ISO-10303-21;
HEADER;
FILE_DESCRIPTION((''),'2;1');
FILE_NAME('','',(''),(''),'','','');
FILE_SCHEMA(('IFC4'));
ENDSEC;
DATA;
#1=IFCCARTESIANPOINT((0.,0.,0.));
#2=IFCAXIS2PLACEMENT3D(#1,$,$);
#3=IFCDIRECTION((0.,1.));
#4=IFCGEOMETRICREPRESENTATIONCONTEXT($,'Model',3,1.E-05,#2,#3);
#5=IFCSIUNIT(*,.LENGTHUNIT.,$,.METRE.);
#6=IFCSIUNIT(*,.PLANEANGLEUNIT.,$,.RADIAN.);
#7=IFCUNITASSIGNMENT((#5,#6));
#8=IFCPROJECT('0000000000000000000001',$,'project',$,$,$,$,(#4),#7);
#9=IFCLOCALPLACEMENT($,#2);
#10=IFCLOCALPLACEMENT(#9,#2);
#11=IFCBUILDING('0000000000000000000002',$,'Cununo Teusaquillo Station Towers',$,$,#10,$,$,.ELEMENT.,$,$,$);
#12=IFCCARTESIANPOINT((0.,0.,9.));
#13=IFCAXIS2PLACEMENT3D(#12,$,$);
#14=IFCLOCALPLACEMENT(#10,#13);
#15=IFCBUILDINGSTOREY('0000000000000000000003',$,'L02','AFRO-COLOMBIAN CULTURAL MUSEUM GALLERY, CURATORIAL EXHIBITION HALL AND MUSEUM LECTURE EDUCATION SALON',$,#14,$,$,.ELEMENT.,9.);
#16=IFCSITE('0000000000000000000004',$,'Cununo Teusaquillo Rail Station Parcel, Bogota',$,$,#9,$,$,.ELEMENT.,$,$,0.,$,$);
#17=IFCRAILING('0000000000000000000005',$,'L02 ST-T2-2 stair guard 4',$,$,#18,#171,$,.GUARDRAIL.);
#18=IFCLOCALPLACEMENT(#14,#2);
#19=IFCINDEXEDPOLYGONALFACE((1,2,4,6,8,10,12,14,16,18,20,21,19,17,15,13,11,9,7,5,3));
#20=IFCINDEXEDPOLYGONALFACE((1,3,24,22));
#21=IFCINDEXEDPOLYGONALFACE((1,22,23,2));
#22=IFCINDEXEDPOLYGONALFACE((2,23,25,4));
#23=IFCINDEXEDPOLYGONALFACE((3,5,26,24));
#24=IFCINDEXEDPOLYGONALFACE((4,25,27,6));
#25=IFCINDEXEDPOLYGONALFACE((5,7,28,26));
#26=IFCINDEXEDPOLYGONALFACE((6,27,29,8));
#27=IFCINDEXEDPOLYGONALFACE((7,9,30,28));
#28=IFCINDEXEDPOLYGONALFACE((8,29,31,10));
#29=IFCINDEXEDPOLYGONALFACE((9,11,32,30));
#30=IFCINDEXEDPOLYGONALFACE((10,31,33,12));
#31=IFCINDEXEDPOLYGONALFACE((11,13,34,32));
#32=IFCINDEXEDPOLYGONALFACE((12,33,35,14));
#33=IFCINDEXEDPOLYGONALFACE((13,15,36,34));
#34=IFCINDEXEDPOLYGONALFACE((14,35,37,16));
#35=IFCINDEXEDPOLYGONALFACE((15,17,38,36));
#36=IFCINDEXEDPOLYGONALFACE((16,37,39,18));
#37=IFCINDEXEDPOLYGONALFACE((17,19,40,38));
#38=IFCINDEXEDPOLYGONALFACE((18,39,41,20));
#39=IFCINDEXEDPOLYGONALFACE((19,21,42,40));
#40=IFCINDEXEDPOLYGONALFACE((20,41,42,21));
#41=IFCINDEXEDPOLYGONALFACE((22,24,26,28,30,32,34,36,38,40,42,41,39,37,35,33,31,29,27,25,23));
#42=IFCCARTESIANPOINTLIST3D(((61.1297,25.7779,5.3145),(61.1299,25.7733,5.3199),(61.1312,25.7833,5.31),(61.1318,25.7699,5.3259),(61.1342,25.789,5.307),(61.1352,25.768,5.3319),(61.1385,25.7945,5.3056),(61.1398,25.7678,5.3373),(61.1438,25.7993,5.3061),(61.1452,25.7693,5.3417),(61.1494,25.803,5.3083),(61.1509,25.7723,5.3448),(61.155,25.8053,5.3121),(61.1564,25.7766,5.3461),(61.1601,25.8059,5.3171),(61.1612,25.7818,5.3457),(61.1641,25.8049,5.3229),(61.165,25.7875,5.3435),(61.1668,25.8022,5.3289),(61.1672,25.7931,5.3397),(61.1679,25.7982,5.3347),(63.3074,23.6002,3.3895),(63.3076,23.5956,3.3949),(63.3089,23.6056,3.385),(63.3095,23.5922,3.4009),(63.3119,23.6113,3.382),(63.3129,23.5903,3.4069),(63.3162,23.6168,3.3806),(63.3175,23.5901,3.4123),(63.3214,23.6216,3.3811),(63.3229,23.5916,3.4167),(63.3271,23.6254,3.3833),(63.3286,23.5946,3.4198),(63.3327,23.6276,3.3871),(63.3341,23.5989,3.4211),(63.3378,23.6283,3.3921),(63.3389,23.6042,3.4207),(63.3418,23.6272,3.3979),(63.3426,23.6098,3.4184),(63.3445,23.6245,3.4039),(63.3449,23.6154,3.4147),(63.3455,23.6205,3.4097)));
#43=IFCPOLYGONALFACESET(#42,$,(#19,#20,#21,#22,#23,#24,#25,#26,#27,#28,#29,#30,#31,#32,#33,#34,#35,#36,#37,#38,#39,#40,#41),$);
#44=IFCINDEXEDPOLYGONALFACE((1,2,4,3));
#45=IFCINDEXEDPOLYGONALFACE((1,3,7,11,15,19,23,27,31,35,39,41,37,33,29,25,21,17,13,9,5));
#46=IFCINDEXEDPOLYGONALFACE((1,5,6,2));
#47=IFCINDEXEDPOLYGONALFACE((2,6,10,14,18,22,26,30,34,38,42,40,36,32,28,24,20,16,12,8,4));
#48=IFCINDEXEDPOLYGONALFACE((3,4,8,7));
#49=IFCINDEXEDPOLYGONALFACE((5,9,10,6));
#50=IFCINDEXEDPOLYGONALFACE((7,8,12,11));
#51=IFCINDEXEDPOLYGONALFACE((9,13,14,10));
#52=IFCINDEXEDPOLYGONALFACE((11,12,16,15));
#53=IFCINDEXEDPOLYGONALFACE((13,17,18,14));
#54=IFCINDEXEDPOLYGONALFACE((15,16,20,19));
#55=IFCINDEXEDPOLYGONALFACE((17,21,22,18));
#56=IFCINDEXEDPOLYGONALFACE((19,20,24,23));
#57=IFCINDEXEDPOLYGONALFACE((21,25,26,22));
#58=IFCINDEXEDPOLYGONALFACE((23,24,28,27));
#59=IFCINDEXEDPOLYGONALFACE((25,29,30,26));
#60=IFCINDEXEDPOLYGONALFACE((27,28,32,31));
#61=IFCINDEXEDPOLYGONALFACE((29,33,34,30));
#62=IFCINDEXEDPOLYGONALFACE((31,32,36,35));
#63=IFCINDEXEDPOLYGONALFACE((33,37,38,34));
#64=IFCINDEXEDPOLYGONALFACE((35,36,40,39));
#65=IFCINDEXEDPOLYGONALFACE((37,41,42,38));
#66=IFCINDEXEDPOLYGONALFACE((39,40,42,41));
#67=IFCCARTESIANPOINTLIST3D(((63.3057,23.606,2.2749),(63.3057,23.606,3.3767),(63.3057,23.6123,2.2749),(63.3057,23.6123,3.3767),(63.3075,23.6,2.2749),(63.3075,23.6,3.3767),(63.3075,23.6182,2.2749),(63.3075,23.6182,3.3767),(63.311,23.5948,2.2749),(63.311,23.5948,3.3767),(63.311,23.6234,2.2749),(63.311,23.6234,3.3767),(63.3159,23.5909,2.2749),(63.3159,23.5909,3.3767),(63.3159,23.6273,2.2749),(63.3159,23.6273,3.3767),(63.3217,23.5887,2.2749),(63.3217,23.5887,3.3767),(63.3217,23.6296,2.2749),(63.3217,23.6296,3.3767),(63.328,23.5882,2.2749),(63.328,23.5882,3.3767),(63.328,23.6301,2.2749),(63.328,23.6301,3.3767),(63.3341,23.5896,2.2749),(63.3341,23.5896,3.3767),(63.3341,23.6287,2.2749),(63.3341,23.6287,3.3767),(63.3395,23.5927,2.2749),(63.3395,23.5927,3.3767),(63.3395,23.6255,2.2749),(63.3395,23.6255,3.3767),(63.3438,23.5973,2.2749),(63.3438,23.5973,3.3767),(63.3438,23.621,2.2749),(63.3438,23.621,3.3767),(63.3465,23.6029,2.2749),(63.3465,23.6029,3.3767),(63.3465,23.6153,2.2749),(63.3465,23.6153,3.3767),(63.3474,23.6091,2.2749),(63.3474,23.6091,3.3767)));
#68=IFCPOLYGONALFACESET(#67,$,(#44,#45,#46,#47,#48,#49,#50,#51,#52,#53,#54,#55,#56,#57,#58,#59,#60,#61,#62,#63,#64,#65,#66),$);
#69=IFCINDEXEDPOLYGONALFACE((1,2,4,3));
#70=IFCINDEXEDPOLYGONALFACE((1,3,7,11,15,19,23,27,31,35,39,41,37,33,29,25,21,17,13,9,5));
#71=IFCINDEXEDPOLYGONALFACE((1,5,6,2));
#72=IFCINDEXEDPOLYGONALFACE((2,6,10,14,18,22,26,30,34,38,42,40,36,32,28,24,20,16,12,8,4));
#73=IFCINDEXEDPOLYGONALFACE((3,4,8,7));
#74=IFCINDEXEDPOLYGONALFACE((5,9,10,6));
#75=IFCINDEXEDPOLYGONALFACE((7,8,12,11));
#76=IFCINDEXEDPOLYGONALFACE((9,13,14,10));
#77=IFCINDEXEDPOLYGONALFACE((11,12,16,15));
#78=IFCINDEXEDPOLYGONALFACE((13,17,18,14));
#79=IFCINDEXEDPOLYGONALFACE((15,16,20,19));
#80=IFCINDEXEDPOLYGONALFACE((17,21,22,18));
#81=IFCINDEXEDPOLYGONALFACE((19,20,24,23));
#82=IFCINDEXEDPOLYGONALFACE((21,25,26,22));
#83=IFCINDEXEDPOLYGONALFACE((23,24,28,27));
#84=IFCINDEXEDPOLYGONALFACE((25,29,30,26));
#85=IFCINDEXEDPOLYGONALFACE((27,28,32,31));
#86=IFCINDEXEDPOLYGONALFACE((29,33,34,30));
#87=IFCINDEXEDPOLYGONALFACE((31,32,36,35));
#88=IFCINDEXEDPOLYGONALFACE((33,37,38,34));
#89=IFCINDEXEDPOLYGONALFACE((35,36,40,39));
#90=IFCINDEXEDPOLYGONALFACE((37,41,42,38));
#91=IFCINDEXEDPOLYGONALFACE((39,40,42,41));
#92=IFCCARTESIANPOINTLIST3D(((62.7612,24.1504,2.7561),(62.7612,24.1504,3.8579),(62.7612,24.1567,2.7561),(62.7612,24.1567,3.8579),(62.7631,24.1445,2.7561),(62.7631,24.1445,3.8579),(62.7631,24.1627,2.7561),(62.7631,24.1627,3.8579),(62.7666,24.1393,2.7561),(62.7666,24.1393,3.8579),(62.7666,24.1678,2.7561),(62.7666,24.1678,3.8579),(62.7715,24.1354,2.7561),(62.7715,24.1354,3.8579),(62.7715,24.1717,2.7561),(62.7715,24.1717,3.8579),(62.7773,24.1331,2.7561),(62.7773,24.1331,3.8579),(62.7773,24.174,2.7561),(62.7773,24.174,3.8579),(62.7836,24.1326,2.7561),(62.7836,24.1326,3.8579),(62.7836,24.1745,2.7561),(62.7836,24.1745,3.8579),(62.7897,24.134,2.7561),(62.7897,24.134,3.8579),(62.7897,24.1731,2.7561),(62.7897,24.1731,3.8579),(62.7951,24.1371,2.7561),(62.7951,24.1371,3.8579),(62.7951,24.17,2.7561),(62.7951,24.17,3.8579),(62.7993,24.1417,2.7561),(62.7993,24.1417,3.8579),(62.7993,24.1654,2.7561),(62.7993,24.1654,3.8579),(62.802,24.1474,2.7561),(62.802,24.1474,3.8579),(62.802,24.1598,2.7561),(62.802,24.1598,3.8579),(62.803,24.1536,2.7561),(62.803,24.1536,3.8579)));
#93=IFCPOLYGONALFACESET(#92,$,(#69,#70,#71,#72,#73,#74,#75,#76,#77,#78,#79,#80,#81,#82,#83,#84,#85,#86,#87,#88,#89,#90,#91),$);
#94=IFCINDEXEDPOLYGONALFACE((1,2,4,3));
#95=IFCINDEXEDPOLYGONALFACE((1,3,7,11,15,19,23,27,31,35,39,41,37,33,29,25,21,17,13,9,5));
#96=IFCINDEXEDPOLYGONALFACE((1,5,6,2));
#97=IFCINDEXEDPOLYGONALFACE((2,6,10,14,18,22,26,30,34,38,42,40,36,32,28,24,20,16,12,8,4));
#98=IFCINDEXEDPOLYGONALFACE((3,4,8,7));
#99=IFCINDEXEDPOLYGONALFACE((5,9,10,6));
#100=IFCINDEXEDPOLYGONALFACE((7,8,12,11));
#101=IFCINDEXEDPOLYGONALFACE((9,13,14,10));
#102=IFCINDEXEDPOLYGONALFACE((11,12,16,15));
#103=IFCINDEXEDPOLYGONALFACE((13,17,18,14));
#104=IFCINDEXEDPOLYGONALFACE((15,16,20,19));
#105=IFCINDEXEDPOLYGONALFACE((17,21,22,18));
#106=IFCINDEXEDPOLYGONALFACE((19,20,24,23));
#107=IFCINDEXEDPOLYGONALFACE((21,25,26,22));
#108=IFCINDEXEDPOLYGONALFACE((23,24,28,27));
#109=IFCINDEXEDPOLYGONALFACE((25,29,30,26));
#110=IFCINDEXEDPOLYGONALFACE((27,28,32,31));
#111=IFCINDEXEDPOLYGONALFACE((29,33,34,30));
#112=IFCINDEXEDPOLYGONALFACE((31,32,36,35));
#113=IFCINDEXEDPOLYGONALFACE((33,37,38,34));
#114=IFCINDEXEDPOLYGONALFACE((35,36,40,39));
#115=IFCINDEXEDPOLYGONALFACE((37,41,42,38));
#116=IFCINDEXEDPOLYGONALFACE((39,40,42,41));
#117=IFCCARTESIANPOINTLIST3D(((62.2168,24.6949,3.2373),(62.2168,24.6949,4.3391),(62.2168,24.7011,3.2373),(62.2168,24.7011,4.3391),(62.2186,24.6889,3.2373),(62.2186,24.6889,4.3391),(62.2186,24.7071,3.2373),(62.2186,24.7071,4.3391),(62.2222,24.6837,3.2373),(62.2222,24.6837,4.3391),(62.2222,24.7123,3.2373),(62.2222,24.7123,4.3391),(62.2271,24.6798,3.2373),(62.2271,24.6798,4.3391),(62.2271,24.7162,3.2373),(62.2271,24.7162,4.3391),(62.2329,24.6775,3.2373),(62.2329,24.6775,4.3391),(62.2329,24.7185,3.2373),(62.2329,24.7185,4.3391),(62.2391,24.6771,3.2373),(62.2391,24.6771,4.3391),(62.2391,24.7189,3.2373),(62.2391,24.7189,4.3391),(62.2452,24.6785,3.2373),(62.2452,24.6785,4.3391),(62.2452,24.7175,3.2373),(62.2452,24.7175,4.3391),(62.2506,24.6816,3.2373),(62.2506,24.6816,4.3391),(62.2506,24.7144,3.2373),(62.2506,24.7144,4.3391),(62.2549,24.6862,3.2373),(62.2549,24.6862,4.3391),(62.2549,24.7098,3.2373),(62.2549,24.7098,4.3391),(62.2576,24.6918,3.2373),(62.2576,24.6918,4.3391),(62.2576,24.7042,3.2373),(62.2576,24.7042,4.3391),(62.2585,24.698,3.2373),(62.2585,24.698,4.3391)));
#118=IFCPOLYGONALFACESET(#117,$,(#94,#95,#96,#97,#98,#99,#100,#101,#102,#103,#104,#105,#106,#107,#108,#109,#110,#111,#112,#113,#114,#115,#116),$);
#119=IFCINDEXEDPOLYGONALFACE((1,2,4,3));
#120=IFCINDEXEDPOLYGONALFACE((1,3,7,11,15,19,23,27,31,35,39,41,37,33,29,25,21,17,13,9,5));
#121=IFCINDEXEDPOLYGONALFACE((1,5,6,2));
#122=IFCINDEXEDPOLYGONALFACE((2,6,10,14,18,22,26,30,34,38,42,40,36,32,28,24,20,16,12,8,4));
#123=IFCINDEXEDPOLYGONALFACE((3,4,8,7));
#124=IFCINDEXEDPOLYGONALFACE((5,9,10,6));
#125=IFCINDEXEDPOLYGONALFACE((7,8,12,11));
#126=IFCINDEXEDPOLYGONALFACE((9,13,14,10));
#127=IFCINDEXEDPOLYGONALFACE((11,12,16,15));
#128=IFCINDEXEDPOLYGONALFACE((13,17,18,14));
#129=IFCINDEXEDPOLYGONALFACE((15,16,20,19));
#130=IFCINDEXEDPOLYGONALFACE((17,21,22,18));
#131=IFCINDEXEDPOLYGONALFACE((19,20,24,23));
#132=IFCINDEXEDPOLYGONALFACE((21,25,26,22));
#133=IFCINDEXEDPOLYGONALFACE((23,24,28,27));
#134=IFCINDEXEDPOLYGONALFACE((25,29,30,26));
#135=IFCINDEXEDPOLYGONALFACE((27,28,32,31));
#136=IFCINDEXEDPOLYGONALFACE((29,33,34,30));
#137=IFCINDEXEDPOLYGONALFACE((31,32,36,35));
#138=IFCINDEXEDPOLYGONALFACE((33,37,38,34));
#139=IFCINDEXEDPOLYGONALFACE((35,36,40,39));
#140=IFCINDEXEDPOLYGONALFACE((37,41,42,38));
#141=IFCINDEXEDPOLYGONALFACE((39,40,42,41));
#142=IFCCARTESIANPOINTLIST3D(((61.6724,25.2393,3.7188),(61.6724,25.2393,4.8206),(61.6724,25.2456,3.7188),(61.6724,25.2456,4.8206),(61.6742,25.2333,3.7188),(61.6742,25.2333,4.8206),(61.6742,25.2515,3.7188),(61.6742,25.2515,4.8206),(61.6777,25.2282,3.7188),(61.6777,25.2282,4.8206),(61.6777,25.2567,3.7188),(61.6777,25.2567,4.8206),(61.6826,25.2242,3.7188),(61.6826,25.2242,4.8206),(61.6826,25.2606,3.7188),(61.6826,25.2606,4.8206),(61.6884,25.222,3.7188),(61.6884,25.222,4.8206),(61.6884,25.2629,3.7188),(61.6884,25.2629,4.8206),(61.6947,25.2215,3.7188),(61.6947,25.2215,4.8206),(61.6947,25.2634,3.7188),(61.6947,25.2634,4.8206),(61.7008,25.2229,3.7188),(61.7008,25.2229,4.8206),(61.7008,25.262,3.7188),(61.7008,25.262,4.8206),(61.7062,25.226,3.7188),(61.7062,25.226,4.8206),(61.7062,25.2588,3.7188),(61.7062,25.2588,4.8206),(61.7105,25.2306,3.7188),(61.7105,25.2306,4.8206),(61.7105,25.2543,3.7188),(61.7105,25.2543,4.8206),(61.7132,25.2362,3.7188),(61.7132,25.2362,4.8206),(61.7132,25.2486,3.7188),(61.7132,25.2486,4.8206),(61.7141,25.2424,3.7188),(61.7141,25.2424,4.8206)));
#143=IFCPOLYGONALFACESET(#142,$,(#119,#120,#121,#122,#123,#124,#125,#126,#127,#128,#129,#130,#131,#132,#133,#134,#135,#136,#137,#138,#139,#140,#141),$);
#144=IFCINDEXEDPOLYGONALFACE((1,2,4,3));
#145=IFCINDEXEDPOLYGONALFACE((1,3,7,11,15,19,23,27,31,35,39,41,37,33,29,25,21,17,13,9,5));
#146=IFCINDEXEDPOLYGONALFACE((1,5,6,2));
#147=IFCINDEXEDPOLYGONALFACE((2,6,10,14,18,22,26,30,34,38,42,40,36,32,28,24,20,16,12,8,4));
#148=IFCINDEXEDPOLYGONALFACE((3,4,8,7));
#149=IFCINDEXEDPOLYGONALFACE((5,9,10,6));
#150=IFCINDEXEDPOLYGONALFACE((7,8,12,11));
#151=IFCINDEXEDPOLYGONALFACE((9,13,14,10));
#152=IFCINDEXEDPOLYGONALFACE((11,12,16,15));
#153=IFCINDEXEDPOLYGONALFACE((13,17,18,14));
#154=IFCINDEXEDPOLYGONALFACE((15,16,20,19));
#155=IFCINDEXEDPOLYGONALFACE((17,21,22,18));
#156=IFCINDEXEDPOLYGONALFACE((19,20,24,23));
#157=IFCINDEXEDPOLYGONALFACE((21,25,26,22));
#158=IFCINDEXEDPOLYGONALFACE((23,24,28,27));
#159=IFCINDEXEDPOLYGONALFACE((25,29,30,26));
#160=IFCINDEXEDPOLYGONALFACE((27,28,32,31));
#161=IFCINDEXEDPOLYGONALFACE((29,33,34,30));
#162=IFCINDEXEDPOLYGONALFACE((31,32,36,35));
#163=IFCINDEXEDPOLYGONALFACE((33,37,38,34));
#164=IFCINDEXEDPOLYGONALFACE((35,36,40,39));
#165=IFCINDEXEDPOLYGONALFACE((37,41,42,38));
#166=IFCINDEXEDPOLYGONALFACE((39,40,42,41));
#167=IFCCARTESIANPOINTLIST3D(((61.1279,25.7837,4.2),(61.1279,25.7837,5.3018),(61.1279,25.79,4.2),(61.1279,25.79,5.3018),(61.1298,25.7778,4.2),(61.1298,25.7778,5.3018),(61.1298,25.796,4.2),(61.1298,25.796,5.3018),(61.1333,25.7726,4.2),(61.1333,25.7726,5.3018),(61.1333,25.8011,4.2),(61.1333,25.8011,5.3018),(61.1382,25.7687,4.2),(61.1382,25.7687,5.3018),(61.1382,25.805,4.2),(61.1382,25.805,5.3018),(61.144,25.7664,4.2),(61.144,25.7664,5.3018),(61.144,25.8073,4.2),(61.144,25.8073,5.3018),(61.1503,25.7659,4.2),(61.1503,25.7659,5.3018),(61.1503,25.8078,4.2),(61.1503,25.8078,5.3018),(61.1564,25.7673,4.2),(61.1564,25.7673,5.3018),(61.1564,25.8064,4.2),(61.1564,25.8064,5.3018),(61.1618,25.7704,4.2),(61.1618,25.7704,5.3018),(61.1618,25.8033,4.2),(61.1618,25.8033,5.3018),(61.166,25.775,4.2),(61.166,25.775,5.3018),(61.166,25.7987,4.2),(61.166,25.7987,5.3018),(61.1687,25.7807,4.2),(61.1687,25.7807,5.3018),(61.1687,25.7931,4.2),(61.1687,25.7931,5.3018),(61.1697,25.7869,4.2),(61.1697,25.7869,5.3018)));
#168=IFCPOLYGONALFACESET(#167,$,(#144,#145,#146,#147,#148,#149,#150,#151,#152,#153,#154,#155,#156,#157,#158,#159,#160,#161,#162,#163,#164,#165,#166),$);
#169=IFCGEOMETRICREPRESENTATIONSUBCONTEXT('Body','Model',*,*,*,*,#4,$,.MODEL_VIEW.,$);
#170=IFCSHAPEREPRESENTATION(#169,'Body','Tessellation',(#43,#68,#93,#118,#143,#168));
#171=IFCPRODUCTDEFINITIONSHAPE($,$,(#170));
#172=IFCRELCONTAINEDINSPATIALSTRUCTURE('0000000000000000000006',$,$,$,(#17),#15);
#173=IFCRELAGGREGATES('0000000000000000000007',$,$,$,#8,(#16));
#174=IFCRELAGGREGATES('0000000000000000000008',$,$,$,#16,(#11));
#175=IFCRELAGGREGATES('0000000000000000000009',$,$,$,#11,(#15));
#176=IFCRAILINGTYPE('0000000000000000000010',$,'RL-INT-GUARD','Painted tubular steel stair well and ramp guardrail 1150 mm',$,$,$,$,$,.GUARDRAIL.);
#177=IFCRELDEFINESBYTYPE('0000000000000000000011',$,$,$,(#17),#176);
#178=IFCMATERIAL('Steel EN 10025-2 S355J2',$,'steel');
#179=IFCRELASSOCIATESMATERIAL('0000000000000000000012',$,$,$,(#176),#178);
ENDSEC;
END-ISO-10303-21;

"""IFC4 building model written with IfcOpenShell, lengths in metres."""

from ifc_helpers import new_model, si_unit, direction, frame, origin, origin_2d, place, context, subcontext, project, spatial, circle, extrude, material, type_object, element, save


model = new_model("IFC4")

# Units and contexts
model_context = context("Model", 3, precision=1e-05, world=origin(), true_north=direction((0.0, 1.0)))
body_context = subcontext(model_context, "Body", "Model", "MODEL_VIEW")
ifc_project = project(units=[si_unit("LENGTHUNIT", "METRE"), si_unit("PLANEANGLEUNIT", "RADIAN")], contexts=[model_context])

# Site, building, storey
site_placement = place(None, origin())
site = spatial("IfcSite", under=ifc_project, at=site_placement, Name="Cununo Teusaquillo Rail Station Parcel, Bogota", CompositionType="ELEMENT", RefElevation=0.0)
building_placement = place(site_placement, origin())
building = spatial("IfcBuilding", under=site, at=building_placement, Name="Cununo Teusaquillo Station Towers", CompositionType="ELEMENT")
storey_placement = place(building_placement, frame((0.0, 0.0, 9.0)))
storey = spatial("IfcBuildingStorey", under=building, at=storey_placement, Name="L02", Description="AFRO-COLOMBIAN CULTURAL MUSEUM GALLERY, CURATORIAL EXHIBITION HALL AND MUSEUM LECTURE EDUCATION SALON", CompositionType="ELEMENT", Elevation=9.0)

# Railing
ifc_material_1 = material(Name="Steel EN 10025-2 S355J2", Category="steel")
railing_type_1 = type_object("IfcRailingType", Name="RL-INT-GUARD", Description="Painted tubular steel stair well and ramp guardrail 1150 mm", PredefinedType="GUARDRAIL", material=ifc_material_1)
railing_1_placement = place(storey_placement, frame((63.3264, 23.6091, 2.2749)))
element("IfcRailing", 1, at=railing_1_placement, inside=storey, type_object=railing_type_1, Name="L02 ST-T2-2 stair guard 4", PredefinedType="GUARDRAIL", context=body_context, shape_type="SweptSolid", body=[
    extrude(circle(Radius=0.0239, at=origin_2d()), frame((0.0, 0.0, 1.126), z_axis=(-0.599609, 0.599609, 0.530036), x_axis=(-0.707107, -0.707107, 0.0)), (0.0, 0.0, 1.0), 3.6318),
    extrude(circle(Radius=0.021, at=origin_2d()), origin(), (0.0, 0.0, 1.0), 1.1018),
    extrude(circle(Radius=0.021, at=origin_2d()), frame((-0.5444, 0.5444, 0.4812)), (0.0, 0.0, 1.0), 1.1018),
    extrude(circle(Radius=0.021, at=origin_2d()), frame((-1.0889, 1.0889, 0.9624)), (0.0, 0.0, 1.0), 1.1018),
    extrude(circle(Radius=0.021, at=origin_2d()), frame((-1.6333, 1.6333, 1.4438)), (0.0, 0.0, 1.0), 1.1018),
    extrude(circle(Radius=0.021, at=origin_2d()), frame((-2.1777, 2.1777, 1.925)), (0.0, 0.0, 1.0), 1.1018),
])

save(model, "model.ifc")
